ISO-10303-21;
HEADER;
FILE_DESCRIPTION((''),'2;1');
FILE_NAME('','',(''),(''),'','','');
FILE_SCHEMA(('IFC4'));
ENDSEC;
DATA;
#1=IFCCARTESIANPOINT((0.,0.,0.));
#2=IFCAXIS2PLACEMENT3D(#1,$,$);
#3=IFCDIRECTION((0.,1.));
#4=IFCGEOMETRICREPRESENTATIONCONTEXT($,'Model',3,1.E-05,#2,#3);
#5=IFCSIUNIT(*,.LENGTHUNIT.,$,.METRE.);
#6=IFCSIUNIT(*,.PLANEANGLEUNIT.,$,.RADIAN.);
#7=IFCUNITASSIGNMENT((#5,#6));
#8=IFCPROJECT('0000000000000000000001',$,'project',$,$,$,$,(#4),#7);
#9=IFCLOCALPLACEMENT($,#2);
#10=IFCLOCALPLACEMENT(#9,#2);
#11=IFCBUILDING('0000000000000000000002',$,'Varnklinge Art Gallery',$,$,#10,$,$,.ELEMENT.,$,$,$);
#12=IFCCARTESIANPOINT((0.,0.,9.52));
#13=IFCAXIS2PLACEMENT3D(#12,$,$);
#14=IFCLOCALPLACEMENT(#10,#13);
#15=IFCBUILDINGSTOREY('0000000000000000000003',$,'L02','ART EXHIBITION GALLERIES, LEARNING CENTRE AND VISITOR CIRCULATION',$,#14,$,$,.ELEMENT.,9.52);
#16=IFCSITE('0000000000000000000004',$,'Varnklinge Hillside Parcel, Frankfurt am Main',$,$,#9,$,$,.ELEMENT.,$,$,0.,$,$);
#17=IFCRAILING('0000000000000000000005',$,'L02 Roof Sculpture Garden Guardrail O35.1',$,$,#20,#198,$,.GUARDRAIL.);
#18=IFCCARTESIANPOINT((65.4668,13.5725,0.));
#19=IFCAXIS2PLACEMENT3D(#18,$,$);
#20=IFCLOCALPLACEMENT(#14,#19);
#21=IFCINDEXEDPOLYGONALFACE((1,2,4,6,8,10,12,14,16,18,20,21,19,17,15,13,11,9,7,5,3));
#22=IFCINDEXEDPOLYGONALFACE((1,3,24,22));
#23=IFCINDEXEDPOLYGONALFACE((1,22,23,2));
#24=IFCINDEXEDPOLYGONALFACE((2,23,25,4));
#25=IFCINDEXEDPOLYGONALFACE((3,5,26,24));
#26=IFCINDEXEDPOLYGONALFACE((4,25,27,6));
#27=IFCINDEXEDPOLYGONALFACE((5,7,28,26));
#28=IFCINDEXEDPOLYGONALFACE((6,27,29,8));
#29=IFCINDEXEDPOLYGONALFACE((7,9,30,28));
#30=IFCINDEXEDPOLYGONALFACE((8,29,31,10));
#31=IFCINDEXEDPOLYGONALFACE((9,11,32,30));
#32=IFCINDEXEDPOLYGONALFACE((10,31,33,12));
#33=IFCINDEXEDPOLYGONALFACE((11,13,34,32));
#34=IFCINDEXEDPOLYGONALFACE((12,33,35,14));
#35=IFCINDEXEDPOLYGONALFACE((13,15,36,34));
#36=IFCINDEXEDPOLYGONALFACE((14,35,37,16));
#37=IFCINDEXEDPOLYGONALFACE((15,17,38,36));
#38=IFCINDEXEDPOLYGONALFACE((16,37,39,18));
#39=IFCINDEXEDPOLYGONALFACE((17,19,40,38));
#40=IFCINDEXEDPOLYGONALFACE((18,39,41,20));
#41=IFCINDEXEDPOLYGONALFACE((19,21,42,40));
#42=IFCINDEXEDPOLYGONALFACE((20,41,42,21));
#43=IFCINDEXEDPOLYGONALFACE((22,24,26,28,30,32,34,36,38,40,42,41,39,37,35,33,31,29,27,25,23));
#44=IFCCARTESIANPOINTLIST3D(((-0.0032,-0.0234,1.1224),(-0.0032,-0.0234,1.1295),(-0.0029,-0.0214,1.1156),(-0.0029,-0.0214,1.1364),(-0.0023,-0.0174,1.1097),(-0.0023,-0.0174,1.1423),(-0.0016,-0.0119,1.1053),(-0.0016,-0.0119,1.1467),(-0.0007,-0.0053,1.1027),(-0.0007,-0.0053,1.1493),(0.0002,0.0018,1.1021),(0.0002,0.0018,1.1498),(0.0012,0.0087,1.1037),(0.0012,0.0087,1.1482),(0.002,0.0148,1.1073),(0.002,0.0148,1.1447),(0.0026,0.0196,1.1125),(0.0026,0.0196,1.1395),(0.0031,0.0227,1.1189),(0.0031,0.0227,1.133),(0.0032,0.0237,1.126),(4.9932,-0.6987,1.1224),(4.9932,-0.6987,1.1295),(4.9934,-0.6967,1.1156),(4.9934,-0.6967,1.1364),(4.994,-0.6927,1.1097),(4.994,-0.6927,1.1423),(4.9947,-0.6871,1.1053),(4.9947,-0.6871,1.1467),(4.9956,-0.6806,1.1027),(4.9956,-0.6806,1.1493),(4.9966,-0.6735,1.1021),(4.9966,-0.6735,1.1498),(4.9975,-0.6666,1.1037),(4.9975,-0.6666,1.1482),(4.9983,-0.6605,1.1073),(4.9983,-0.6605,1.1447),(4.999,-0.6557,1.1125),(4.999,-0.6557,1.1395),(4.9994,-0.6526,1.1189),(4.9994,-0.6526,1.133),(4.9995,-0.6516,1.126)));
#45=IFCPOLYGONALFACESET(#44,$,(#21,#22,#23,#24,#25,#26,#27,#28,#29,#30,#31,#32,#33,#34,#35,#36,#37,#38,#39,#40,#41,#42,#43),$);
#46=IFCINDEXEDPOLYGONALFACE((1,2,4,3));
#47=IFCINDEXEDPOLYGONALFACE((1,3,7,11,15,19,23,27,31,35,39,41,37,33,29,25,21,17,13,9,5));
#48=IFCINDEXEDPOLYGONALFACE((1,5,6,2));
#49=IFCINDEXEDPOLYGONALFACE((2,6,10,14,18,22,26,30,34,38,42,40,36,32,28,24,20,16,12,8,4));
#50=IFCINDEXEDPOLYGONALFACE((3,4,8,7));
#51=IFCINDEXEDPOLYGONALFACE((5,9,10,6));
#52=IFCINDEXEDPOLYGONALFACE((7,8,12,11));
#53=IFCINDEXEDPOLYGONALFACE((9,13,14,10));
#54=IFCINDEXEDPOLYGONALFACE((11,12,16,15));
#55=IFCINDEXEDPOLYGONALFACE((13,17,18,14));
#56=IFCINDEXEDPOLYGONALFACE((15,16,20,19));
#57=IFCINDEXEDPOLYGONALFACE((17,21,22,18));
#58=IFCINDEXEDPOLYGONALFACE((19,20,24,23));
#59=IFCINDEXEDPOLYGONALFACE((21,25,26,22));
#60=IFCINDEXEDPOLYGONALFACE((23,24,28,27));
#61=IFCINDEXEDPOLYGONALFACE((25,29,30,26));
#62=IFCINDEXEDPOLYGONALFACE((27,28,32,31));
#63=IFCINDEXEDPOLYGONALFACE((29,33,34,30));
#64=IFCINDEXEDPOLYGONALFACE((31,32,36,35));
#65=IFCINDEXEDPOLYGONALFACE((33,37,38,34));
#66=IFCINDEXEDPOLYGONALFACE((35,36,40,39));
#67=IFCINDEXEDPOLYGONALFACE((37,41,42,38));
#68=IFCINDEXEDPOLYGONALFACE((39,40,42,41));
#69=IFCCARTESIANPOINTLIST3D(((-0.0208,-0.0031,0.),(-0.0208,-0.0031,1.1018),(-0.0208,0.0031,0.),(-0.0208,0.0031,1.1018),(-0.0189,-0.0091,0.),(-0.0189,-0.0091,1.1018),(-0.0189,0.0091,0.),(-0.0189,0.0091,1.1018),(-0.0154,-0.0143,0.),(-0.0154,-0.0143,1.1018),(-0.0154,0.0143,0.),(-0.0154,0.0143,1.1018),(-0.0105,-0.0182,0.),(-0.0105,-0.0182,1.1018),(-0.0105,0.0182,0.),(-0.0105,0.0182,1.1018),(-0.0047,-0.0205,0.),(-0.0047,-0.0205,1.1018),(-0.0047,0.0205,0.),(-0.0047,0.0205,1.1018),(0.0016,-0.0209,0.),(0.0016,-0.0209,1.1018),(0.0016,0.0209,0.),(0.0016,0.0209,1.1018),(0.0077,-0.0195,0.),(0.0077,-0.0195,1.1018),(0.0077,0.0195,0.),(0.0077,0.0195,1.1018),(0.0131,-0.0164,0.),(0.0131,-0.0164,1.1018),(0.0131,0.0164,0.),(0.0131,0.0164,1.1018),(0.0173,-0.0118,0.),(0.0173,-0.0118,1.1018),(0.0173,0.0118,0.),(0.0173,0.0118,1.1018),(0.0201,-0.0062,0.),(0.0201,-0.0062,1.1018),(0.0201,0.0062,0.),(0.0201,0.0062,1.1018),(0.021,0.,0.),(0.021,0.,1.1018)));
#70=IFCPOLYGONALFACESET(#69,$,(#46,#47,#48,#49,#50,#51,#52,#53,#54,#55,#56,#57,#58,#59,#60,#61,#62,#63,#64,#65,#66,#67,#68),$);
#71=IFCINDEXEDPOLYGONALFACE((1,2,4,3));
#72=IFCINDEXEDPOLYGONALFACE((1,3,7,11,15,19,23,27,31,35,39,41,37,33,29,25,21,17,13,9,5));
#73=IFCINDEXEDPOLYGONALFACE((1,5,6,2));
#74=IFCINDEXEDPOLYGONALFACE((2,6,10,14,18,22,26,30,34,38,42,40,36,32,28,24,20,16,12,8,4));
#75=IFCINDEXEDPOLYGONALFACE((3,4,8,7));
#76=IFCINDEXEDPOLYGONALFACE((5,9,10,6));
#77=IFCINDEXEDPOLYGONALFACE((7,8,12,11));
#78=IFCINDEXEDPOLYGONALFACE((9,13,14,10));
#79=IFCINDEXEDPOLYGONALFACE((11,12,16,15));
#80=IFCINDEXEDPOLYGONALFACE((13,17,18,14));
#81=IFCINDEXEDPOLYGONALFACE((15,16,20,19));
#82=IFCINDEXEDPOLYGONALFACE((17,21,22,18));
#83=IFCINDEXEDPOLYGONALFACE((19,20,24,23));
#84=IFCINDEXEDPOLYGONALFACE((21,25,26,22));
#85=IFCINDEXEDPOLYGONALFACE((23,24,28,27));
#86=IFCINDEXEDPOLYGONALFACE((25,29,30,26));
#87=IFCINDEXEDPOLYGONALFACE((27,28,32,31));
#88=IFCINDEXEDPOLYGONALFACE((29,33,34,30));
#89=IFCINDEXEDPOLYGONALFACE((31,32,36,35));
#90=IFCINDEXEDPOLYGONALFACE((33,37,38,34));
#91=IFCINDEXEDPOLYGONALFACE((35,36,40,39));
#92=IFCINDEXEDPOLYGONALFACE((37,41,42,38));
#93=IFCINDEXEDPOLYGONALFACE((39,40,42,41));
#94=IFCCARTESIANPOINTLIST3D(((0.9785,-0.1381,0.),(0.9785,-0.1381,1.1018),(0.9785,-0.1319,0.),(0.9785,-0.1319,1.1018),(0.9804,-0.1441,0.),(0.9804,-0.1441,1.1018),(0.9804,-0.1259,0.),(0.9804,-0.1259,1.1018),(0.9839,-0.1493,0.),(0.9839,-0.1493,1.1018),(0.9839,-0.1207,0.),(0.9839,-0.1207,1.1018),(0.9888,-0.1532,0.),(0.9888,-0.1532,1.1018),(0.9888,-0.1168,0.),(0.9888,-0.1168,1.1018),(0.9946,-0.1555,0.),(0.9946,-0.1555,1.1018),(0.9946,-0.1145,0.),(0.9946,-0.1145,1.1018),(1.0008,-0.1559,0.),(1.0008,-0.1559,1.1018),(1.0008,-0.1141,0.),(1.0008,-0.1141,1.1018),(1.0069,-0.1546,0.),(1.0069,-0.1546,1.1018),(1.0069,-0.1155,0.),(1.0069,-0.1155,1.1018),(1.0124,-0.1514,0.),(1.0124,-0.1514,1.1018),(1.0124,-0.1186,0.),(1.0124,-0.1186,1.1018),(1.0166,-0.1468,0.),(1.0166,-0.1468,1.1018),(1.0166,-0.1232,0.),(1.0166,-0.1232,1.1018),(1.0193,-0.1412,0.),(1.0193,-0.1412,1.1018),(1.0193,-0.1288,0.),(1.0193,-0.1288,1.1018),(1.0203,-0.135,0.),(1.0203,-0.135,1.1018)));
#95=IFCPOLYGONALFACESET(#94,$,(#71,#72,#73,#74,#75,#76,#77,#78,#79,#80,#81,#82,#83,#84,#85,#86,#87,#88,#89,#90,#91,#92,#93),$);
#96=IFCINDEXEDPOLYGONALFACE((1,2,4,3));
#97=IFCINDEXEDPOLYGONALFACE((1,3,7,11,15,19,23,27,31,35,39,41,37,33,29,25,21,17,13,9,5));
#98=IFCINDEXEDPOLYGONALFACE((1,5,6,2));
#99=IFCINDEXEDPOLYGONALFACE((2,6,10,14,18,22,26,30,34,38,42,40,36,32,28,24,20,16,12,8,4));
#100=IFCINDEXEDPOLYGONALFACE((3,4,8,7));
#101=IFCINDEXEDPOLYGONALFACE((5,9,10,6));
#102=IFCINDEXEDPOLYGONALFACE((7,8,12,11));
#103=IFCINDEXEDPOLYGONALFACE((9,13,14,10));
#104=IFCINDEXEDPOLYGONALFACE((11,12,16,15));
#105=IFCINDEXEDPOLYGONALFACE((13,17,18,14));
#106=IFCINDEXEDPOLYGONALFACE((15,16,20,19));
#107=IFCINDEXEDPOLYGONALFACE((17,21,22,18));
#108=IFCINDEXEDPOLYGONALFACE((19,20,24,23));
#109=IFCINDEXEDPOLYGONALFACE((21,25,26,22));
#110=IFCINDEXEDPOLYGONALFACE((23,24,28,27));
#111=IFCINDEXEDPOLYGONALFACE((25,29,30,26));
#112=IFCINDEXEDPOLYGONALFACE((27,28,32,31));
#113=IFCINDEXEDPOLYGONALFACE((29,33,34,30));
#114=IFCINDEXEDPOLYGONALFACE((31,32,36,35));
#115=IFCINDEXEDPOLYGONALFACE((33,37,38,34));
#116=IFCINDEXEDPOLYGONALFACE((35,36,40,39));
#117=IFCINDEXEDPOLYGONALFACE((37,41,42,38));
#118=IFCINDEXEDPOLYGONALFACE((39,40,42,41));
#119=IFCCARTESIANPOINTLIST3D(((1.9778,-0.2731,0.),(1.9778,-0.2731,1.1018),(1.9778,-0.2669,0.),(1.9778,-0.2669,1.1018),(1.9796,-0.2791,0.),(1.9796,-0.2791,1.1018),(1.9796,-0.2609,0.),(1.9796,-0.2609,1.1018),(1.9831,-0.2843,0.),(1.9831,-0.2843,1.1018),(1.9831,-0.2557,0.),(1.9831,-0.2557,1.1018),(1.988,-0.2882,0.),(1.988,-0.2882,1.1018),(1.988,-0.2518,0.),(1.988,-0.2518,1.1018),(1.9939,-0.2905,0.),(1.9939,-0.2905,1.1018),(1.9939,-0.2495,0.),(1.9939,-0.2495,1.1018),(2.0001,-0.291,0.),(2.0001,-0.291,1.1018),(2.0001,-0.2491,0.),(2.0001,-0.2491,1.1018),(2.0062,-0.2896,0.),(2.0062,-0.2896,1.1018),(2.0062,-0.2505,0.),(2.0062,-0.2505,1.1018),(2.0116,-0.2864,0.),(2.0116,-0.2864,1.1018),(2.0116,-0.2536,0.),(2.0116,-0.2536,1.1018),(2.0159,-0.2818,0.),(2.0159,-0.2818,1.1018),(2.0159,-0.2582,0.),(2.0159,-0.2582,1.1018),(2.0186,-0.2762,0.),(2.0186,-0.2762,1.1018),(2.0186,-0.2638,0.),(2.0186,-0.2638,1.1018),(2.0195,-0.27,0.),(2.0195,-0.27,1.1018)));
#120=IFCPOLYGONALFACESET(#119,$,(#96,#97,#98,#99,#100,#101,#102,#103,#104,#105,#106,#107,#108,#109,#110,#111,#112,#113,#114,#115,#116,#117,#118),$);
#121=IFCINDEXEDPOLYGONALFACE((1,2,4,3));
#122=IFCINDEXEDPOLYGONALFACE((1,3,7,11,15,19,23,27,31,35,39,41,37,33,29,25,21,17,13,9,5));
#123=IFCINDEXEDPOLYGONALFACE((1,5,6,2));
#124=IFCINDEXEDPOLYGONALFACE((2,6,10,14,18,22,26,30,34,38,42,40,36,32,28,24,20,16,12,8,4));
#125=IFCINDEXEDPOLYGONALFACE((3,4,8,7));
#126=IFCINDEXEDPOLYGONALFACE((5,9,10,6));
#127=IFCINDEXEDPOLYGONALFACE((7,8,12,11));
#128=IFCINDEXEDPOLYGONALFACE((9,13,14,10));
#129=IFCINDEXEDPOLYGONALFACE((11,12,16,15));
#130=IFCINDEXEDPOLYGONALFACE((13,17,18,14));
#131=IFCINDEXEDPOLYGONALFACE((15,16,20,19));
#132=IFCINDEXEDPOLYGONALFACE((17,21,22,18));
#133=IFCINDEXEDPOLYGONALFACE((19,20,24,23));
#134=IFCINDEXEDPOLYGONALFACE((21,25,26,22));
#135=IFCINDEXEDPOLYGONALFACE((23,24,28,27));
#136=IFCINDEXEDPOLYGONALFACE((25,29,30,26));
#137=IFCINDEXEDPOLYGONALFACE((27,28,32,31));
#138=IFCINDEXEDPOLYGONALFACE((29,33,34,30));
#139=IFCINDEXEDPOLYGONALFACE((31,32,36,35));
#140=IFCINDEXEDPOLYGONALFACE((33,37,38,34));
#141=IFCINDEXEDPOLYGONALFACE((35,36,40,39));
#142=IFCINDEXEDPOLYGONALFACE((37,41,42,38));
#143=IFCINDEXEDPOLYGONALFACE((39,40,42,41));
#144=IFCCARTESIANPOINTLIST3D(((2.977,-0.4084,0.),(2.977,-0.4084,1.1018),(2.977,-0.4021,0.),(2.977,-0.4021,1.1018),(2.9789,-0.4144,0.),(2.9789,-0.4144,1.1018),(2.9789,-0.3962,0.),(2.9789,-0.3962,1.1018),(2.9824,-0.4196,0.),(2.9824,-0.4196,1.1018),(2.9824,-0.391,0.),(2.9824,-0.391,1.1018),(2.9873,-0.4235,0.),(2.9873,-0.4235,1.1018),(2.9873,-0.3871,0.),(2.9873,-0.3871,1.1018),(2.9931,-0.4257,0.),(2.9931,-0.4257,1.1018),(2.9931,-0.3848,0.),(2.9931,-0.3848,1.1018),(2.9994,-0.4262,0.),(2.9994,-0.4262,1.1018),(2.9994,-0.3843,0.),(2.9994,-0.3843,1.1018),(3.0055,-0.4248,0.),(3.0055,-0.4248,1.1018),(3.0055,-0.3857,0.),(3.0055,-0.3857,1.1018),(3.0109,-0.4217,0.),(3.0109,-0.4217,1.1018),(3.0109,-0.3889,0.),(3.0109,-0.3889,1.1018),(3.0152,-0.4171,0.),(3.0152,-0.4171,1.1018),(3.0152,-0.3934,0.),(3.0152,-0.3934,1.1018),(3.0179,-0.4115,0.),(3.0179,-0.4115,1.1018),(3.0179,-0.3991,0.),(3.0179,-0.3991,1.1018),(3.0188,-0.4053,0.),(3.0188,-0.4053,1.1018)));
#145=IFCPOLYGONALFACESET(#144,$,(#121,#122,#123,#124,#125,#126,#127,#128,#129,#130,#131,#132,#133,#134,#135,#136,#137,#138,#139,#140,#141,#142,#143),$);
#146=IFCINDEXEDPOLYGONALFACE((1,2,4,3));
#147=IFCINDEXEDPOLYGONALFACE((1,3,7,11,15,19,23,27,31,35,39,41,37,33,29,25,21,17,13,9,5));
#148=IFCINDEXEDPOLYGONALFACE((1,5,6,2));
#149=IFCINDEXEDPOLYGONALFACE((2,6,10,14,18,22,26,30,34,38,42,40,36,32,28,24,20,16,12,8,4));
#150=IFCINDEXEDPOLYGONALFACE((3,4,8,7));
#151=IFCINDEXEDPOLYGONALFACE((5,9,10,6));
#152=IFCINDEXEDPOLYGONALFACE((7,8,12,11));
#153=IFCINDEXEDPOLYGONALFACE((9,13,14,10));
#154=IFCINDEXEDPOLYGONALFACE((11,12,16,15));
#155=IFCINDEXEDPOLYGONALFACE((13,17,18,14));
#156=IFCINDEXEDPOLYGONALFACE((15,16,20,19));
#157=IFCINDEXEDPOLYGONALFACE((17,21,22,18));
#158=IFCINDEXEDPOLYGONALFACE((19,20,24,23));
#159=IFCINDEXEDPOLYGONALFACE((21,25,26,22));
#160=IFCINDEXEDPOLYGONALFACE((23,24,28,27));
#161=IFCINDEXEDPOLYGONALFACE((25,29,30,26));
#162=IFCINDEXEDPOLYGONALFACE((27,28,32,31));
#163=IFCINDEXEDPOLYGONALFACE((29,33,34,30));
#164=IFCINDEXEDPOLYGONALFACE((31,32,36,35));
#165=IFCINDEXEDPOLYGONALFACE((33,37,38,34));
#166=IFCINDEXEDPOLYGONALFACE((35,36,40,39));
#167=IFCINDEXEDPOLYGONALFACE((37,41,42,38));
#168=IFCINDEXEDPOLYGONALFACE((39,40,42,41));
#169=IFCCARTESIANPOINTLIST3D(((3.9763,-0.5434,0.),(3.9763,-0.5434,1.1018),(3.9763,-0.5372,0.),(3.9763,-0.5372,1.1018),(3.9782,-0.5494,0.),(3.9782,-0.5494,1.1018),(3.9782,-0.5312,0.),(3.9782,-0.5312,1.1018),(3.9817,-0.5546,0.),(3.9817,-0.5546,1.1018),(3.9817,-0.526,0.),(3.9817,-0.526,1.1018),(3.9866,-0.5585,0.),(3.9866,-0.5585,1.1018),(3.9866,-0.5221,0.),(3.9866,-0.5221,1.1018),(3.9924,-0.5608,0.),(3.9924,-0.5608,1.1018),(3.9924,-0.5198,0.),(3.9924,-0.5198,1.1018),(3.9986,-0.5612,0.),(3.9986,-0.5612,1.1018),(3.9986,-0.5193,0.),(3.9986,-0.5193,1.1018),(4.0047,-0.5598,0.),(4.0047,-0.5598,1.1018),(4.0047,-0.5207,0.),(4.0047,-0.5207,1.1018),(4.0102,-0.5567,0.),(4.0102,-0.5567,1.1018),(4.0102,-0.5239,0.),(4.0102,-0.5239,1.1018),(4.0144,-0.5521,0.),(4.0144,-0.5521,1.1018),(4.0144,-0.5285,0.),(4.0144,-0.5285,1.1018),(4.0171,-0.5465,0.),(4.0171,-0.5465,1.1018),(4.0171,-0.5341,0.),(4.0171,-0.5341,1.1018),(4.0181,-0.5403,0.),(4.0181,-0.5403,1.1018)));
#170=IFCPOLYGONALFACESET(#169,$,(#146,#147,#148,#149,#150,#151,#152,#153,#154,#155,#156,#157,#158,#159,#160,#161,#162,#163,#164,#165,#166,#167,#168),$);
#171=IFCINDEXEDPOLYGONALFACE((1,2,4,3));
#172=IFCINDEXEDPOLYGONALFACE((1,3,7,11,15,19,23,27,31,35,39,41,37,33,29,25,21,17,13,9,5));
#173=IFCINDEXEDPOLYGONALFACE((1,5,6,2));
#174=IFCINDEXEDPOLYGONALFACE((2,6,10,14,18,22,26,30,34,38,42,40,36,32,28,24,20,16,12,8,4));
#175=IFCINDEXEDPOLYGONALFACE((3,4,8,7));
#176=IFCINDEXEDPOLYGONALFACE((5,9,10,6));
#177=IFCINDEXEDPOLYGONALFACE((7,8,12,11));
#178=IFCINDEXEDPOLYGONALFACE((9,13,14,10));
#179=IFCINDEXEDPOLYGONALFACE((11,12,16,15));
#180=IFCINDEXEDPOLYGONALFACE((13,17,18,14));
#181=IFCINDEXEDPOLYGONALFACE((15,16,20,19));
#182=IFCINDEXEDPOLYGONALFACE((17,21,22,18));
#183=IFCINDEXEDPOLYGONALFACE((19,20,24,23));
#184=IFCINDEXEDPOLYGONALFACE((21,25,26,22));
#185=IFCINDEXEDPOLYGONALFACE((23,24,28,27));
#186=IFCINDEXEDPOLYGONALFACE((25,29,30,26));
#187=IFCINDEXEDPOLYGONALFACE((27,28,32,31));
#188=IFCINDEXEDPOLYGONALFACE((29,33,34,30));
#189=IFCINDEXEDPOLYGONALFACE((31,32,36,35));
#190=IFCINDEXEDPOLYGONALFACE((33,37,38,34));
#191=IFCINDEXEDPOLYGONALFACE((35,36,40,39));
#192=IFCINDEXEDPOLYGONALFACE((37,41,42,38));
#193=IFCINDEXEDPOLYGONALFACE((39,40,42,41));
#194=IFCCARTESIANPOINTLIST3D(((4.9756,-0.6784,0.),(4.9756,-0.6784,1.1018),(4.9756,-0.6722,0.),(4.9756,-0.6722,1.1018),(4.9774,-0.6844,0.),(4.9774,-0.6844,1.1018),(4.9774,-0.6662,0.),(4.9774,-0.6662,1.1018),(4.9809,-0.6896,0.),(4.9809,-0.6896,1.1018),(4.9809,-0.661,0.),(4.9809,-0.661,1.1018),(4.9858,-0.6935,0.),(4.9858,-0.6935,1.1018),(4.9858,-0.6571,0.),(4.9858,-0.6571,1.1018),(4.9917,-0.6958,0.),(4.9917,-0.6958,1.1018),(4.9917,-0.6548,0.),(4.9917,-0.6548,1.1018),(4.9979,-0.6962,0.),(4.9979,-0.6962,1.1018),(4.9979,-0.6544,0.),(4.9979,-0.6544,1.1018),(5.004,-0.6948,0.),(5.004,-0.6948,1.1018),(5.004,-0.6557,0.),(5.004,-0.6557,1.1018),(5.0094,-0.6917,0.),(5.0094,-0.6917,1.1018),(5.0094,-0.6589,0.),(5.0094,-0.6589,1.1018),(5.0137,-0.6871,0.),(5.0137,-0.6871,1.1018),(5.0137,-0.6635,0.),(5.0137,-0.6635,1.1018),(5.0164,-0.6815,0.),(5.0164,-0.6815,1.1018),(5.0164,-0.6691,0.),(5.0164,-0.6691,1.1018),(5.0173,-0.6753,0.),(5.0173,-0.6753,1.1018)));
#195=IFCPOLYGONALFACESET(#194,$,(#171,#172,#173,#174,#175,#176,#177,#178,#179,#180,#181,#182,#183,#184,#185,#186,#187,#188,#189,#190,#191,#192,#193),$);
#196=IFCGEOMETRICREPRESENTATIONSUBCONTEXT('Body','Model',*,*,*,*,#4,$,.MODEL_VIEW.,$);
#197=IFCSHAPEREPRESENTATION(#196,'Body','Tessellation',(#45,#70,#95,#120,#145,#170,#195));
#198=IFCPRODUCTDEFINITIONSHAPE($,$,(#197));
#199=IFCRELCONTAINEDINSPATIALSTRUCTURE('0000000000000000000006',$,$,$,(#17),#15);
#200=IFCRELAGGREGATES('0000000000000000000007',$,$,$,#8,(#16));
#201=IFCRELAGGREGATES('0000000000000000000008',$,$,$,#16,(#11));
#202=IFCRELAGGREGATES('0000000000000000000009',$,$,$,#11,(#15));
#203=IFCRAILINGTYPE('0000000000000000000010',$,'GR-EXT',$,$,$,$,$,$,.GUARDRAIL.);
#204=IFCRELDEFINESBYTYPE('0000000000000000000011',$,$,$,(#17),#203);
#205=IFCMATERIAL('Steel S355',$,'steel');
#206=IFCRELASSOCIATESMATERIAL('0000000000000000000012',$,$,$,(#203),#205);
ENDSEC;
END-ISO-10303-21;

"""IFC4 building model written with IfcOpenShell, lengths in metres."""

from ifc_helpers import new_model, si_unit, direction, frame, origin, origin_2d, place, context, subcontext, project, spatial, circle, extrude, material, type_object, element, save


model = new_model("IFC4")

# Units and contexts
model_context = context("Model", 3, precision=1e-05, world=origin(), true_north=direction((0.0, 1.0)))
body_context = subcontext(model_context, "Body", "Model", "MODEL_VIEW")
ifc_project = project(units=[si_unit("LENGTHUNIT", "METRE"), si_unit("PLANEANGLEUNIT", "RADIAN")], contexts=[model_context])

# Site, building, storey
site_placement = place(None, origin())
site = spatial("IfcSite", under=ifc_project, at=site_placement, Name="Varnklinge Hillside Parcel, Frankfurt am Main", CompositionType="ELEMENT", RefElevation=0.0)
building_placement = place(site_placement, origin())
building = spatial("IfcBuilding", under=site, at=building_placement, Name="Varnklinge Art Gallery", CompositionType="ELEMENT")
storey_placement = place(building_placement, frame((0.0, 0.0, 9.52)))
storey = spatial("IfcBuildingStorey", under=building, at=storey_placement, Name="L02", Description="ART EXHIBITION GALLERIES, LEARNING CENTRE AND VISITOR CIRCULATION", CompositionType="ELEMENT", Elevation=9.52)

# Railing
ifc_material_1 = material(Name="Steel S355", Category="steel")
railing_type = type_object("IfcRailingType", Name="GR-EXT", PredefinedType="GUARDRAIL", material=ifc_material_1)
railing_1_placement = place(storey_placement, frame((65.4668, 13.5725, 0.0)))
element("IfcRailing", 1, at=railing_1_placement, inside=storey, type_object=railing_type, Name="L02 Roof Sculpture Garden Guardrail O35.1", PredefinedType="GUARDRAIL", context=body_context, shape_type="SweptSolid", body=[
    extrude(circle(Radius=0.0239, at=origin_2d()), frame((0.0, 0.0, 1.126), z_axis=(0.990989, -0.13394, 0.0), x_axis=(0.13394, 0.990989, 0.0)), (0.0, 0.0, 1.0), 5.0417),
    extrude(circle(Radius=0.021, at=origin_2d()), origin(), (0.0, 0.0, 1.0), 1.1018),
    extrude(circle(Radius=0.021, at=origin_2d()), frame((0.9993, -0.135, 0.0)), (0.0, 0.0, 1.0), 1.1018),
    extrude(circle(Radius=0.021, at=origin_2d()), frame((1.9985, -0.27, 0.0)), (0.0, 0.0, 1.0), 1.1018),
    extrude(circle(Radius=0.021, at=origin_2d()), frame((2.9978, -0.4053, 0.0)), (0.0, 0.0, 1.0), 1.1018),
    extrude(circle(Radius=0.021, at=origin_2d()), frame((3.9971, -0.5403, 0.0)), (0.0, 0.0, 1.0), 1.1018),
    extrude(circle(Radius=0.021, at=origin_2d()), frame((4.9963, -0.6753, 0.0)), (0.0, 0.0, 1.0), 1.1018),
])

save(model, "model.ifc")
